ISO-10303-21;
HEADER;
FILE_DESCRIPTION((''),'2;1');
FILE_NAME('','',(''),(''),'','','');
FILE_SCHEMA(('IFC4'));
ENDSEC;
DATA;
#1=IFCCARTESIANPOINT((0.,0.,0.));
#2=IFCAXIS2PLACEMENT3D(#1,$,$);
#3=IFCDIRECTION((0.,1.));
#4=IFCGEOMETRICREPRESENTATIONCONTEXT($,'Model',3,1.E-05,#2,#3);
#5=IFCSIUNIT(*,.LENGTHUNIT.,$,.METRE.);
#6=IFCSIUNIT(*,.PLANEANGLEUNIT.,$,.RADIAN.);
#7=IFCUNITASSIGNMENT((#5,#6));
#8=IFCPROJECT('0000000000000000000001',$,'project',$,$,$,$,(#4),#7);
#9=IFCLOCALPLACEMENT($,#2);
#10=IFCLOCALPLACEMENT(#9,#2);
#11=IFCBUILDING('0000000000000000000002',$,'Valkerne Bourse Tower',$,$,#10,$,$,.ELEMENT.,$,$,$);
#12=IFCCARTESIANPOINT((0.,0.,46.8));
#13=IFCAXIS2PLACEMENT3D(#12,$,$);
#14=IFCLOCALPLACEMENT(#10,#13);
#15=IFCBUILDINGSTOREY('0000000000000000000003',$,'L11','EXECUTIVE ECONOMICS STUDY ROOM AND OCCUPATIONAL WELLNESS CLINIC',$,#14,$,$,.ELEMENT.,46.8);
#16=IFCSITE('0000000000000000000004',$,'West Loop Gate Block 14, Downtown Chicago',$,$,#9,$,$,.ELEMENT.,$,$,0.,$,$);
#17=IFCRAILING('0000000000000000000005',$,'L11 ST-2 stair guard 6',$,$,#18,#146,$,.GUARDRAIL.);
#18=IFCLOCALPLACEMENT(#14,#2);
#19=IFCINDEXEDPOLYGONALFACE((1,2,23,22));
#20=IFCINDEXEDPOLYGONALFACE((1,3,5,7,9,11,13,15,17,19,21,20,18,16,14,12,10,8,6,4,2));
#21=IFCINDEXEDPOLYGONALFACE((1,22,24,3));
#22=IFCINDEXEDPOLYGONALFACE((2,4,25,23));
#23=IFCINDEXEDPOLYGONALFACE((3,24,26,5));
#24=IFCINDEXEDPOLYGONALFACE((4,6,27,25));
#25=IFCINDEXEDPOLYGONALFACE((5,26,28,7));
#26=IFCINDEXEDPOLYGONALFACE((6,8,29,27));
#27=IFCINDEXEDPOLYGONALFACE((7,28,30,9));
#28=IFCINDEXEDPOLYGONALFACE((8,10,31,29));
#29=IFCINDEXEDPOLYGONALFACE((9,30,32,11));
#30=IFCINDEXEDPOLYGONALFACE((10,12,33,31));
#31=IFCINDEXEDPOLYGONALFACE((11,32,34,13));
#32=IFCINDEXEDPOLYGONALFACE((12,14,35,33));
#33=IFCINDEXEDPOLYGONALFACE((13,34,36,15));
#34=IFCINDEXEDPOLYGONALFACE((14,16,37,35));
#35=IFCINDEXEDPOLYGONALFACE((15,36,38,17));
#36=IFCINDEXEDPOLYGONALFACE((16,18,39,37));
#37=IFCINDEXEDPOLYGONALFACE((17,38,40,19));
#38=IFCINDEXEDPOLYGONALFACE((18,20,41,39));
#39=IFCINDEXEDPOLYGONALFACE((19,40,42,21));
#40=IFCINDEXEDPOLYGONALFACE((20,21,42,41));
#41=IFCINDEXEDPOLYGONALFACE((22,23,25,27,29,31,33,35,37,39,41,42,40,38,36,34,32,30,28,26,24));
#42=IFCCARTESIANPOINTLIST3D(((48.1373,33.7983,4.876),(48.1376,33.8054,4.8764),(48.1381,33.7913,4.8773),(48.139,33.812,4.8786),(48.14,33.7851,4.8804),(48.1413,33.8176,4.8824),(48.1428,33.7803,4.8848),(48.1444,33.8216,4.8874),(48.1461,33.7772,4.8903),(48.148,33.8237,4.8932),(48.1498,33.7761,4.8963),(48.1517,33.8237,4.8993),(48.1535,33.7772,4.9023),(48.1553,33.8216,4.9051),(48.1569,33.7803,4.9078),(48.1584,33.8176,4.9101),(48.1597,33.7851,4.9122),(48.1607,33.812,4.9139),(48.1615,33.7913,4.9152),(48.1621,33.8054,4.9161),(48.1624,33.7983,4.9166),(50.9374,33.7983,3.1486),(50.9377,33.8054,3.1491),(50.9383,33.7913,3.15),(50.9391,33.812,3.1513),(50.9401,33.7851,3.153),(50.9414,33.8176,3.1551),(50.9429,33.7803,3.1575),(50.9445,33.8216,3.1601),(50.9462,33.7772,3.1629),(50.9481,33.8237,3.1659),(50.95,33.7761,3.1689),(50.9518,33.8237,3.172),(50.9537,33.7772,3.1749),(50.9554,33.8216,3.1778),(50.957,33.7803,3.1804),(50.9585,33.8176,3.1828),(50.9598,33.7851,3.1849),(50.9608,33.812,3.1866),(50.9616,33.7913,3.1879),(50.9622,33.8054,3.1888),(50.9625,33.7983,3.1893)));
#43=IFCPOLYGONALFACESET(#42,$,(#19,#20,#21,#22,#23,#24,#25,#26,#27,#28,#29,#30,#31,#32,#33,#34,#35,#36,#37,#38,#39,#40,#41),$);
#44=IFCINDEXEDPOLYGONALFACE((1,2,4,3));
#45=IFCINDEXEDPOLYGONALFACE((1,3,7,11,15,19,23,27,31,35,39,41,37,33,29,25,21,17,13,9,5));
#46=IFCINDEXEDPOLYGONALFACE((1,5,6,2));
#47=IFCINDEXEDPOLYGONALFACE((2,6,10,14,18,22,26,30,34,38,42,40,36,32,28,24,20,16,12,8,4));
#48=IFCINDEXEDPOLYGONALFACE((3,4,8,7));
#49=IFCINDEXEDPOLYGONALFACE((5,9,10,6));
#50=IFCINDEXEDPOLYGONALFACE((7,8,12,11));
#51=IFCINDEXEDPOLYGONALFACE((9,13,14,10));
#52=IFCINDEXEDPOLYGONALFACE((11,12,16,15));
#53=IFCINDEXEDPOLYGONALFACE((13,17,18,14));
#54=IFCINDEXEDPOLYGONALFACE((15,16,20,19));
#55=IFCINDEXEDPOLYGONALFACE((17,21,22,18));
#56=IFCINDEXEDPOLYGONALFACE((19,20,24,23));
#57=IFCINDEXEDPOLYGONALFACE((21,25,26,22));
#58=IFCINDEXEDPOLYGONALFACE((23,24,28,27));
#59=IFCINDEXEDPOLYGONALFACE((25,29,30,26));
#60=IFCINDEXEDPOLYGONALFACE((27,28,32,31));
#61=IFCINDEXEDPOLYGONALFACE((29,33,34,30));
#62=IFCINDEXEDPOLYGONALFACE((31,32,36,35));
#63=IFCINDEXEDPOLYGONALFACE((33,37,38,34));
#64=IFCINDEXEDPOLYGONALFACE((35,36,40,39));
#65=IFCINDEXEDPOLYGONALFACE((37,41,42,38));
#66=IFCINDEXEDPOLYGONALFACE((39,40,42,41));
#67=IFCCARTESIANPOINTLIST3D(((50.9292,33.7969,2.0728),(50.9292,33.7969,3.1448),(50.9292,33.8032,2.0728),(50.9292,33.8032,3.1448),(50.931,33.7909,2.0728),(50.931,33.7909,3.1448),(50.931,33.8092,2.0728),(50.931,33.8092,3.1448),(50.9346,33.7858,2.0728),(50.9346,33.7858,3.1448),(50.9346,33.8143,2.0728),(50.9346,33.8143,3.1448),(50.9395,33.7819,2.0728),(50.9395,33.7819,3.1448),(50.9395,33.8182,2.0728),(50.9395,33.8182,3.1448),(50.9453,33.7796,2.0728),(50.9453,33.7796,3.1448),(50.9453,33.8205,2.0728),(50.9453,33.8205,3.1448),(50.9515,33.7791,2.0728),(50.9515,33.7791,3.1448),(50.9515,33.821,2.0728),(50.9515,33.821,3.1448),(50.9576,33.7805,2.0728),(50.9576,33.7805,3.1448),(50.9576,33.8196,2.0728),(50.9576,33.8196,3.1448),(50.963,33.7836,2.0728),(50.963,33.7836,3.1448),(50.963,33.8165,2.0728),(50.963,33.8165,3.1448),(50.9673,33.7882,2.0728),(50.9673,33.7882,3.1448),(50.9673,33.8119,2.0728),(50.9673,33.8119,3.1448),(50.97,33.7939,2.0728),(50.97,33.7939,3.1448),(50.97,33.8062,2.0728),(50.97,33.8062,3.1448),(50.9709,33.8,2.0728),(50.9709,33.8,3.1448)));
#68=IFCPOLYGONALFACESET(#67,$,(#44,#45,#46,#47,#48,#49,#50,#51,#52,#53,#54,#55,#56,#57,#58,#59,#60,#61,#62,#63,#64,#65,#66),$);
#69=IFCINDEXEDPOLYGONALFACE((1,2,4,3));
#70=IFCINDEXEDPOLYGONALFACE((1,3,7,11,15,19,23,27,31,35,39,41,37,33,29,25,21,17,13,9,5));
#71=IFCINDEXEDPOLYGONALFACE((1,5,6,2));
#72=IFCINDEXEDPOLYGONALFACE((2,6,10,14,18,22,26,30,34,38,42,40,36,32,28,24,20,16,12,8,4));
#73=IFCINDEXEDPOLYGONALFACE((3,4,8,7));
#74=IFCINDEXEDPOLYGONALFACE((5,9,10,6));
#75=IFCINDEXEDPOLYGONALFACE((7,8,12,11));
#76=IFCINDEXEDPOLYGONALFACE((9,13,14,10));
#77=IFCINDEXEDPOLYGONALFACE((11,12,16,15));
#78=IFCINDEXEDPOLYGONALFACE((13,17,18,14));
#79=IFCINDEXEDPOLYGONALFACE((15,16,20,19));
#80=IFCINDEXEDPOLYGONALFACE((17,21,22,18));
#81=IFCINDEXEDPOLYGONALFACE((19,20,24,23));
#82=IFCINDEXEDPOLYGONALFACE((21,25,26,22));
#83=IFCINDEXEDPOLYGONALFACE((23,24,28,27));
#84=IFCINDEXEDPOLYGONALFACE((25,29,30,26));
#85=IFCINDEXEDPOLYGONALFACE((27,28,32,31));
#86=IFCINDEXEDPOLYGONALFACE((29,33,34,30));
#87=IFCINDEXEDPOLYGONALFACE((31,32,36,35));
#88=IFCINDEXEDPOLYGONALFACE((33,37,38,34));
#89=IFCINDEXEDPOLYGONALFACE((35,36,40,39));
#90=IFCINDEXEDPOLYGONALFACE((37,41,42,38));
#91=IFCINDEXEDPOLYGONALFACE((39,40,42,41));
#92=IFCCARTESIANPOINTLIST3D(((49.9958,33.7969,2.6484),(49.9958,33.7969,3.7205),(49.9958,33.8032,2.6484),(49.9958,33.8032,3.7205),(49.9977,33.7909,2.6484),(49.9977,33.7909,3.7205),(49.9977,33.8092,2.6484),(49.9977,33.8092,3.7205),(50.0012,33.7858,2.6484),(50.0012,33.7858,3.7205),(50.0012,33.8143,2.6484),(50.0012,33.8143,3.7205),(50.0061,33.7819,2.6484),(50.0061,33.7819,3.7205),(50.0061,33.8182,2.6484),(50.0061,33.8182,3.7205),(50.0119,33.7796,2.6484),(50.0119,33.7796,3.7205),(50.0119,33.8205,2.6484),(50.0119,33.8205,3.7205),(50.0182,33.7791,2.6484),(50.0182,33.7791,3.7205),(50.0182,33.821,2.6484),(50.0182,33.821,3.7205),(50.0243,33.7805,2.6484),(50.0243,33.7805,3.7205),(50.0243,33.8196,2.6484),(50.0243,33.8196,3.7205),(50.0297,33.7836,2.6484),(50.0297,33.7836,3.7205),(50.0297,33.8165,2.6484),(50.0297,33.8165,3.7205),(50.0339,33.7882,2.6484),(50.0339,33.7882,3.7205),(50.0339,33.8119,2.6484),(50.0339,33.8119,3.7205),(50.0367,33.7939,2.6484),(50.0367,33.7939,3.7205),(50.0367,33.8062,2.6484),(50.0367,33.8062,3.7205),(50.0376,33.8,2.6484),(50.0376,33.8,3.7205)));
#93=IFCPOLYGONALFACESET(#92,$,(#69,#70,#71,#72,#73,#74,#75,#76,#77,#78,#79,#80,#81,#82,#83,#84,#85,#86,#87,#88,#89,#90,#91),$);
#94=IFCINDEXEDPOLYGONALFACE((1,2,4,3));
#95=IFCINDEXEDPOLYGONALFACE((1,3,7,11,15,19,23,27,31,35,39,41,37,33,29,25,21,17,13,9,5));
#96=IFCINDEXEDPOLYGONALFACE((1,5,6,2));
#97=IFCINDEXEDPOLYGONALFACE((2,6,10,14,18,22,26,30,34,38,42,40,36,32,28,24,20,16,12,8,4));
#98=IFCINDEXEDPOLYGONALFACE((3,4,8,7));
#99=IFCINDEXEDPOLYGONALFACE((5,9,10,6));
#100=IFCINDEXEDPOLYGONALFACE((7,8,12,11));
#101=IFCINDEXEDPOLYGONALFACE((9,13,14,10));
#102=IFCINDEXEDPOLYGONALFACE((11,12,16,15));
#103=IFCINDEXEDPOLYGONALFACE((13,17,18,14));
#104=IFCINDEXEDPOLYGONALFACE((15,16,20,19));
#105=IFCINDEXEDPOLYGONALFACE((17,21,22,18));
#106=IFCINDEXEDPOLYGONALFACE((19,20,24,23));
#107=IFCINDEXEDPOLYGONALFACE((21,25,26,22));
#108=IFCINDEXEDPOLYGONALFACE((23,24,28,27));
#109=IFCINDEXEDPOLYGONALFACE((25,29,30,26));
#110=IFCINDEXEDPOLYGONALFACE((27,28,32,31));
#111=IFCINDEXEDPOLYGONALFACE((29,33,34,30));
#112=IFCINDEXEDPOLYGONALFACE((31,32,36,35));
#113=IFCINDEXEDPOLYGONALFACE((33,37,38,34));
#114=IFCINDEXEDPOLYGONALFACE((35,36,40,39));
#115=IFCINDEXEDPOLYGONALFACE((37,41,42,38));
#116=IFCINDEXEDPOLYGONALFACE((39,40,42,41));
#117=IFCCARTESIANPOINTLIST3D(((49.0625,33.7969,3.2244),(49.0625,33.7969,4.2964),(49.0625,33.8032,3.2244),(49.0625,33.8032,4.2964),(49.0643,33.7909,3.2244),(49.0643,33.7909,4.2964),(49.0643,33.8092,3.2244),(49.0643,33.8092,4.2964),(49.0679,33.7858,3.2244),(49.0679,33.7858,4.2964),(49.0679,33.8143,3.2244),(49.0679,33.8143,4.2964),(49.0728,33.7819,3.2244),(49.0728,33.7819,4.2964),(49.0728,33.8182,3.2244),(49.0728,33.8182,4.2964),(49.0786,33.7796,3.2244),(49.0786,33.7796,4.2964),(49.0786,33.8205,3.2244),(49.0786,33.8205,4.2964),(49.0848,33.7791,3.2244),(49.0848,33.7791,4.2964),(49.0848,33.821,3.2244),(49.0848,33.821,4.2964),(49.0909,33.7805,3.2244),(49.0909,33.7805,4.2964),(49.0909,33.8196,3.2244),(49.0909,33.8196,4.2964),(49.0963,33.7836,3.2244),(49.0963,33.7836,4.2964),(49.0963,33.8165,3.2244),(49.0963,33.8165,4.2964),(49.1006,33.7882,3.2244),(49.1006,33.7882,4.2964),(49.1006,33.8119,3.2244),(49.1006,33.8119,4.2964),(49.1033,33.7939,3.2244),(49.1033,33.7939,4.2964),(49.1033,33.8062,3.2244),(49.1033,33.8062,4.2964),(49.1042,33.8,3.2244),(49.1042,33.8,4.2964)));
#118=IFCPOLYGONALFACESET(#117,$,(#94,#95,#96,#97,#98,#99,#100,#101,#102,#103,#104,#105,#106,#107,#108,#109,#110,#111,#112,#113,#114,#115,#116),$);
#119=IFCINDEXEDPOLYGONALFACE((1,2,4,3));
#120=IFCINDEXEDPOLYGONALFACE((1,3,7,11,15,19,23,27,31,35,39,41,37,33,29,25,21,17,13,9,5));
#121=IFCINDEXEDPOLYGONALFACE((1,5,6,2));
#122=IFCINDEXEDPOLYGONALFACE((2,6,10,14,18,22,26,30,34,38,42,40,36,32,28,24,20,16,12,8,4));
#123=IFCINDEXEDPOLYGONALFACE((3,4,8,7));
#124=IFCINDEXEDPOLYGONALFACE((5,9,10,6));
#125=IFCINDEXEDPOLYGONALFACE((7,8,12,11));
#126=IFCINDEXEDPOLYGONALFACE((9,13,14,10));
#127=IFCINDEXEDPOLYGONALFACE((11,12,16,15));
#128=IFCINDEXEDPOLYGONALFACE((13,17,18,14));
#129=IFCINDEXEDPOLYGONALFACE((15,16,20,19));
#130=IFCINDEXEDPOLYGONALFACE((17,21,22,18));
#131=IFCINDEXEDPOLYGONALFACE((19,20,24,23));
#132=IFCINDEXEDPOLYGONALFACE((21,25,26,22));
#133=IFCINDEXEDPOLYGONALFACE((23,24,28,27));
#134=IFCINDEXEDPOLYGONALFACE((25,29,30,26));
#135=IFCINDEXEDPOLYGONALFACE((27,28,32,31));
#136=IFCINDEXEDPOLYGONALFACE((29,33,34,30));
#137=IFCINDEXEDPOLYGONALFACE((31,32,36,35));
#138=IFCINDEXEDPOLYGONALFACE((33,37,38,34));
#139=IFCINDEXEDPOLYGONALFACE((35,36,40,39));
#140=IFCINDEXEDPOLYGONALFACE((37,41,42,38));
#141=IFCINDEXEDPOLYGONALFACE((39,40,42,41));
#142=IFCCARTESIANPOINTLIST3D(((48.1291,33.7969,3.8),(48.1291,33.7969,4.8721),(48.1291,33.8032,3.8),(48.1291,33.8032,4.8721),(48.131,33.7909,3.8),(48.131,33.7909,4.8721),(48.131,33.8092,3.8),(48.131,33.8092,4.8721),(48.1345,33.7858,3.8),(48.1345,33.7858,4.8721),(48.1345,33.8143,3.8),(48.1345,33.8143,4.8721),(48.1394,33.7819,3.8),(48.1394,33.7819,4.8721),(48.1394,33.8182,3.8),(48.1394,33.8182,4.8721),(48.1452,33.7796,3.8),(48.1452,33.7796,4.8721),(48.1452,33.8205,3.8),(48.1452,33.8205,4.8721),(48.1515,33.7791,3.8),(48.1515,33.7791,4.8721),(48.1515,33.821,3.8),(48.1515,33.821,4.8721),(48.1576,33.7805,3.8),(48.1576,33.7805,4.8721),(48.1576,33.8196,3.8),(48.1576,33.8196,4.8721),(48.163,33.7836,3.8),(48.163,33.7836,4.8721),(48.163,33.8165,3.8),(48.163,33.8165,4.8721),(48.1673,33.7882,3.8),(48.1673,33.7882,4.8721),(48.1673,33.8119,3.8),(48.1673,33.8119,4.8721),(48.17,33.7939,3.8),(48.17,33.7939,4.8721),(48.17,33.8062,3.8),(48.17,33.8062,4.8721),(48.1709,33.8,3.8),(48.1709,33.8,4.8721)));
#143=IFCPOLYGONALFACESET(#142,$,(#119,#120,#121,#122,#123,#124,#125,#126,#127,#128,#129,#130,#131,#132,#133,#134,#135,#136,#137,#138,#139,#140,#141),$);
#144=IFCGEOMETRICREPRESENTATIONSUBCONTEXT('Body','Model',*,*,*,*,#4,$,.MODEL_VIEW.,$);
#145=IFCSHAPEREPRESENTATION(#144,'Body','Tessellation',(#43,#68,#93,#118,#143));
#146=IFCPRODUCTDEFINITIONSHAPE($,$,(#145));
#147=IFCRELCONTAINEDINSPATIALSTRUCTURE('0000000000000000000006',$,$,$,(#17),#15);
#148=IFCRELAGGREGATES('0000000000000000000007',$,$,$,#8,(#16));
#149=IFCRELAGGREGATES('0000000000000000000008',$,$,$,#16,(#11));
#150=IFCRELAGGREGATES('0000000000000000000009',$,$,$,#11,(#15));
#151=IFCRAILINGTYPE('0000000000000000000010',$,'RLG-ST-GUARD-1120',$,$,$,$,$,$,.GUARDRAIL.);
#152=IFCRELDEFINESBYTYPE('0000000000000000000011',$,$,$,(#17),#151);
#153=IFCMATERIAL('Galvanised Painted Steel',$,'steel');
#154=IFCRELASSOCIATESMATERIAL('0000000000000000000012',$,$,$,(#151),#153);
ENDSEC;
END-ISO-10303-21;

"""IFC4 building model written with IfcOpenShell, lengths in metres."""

from ifc_helpers import new_model, si_unit, direction, frame, origin, origin_2d, place, context, subcontext, project, spatial, circle, extrude, material, type_object, element, save


model = new_model("IFC4")

# Units and contexts
model_context = context("Model", 3, precision=1e-05, world=origin(), true_north=direction((0.0, 1.0)))
body_context = subcontext(model_context, "Body", "Model", "MODEL_VIEW")
ifc_project = project(units=[si_unit("LENGTHUNIT", "METRE"), si_unit("PLANEANGLEUNIT", "RADIAN")], contexts=[model_context])

# Site, building, storey
site_placement = place(None, origin())
site = spatial("IfcSite", under=ifc_project, at=site_placement, Name="West Loop Gate Block 14, Downtown Chicago", CompositionType="ELEMENT", RefElevation=0.0)
building_placement = place(site_placement, origin())
building = spatial("IfcBuilding", under=site, at=building_placement, Name="Valkerne Bourse Tower", CompositionType="ELEMENT")
storey_placement = place(building_placement, frame((0.0, 0.0, 46.8)))
storey = spatial("IfcBuildingStorey", under=building, at=storey_placement, Name="L11", Description="EXECUTIVE ECONOMICS STUDY ROOM AND OCCUPATIONAL WELLNESS CLINIC", CompositionType="ELEMENT", Elevation=46.8)

# Shared definitions
ifc_material_1 = material(Name="Galvanised Painted Steel", Category="steel")

# Railing
railing_type_1 = type_object("IfcRailingType", Name="RLG-ST-GUARD-1120", PredefinedType="GUARDRAIL", material=ifc_material_1)
railing_1_placement = place(storey_placement, frame((50.95, 33.8, 2.0728)))
element("IfcRailing", 1, at=railing_1_placement, inside=storey, type_object=railing_type_1, Name="L11 ST-2 stair guard 6", PredefinedType="GUARDRAIL", context=body_context, shape_type="SweptSolid", body=[
    extrude(circle(Radius=0.0239, at=origin_2d()), frame((0.0, 0.0, 1.0962), z_axis=(-0.85109, 0.0, 0.52502), x_axis=(0.0, -1.0, 0.0)), (0.0, 0.0, 1.0), 3.29),
    extrude(circle(Radius=0.021, at=origin_2d()), origin(), (0.0, 0.0, 1.0), 1.072),
    extrude(circle(Radius=0.021, at=origin_2d()), frame((-0.9333, 0.0, 0.5757)), (0.0, 0.0, 1.0), 1.072),
    extrude(circle(Radius=0.021, at=origin_2d()), frame((-1.8667, 0.0, 1.1516)), (0.0, 0.0, 1.0), 1.072),
    extrude(circle(Radius=0.021, at=origin_2d()), frame((-2.8, 0.0, 1.7273)), (0.0, 0.0, 1.0), 1.072),
])

save(model, "model.ifc")
